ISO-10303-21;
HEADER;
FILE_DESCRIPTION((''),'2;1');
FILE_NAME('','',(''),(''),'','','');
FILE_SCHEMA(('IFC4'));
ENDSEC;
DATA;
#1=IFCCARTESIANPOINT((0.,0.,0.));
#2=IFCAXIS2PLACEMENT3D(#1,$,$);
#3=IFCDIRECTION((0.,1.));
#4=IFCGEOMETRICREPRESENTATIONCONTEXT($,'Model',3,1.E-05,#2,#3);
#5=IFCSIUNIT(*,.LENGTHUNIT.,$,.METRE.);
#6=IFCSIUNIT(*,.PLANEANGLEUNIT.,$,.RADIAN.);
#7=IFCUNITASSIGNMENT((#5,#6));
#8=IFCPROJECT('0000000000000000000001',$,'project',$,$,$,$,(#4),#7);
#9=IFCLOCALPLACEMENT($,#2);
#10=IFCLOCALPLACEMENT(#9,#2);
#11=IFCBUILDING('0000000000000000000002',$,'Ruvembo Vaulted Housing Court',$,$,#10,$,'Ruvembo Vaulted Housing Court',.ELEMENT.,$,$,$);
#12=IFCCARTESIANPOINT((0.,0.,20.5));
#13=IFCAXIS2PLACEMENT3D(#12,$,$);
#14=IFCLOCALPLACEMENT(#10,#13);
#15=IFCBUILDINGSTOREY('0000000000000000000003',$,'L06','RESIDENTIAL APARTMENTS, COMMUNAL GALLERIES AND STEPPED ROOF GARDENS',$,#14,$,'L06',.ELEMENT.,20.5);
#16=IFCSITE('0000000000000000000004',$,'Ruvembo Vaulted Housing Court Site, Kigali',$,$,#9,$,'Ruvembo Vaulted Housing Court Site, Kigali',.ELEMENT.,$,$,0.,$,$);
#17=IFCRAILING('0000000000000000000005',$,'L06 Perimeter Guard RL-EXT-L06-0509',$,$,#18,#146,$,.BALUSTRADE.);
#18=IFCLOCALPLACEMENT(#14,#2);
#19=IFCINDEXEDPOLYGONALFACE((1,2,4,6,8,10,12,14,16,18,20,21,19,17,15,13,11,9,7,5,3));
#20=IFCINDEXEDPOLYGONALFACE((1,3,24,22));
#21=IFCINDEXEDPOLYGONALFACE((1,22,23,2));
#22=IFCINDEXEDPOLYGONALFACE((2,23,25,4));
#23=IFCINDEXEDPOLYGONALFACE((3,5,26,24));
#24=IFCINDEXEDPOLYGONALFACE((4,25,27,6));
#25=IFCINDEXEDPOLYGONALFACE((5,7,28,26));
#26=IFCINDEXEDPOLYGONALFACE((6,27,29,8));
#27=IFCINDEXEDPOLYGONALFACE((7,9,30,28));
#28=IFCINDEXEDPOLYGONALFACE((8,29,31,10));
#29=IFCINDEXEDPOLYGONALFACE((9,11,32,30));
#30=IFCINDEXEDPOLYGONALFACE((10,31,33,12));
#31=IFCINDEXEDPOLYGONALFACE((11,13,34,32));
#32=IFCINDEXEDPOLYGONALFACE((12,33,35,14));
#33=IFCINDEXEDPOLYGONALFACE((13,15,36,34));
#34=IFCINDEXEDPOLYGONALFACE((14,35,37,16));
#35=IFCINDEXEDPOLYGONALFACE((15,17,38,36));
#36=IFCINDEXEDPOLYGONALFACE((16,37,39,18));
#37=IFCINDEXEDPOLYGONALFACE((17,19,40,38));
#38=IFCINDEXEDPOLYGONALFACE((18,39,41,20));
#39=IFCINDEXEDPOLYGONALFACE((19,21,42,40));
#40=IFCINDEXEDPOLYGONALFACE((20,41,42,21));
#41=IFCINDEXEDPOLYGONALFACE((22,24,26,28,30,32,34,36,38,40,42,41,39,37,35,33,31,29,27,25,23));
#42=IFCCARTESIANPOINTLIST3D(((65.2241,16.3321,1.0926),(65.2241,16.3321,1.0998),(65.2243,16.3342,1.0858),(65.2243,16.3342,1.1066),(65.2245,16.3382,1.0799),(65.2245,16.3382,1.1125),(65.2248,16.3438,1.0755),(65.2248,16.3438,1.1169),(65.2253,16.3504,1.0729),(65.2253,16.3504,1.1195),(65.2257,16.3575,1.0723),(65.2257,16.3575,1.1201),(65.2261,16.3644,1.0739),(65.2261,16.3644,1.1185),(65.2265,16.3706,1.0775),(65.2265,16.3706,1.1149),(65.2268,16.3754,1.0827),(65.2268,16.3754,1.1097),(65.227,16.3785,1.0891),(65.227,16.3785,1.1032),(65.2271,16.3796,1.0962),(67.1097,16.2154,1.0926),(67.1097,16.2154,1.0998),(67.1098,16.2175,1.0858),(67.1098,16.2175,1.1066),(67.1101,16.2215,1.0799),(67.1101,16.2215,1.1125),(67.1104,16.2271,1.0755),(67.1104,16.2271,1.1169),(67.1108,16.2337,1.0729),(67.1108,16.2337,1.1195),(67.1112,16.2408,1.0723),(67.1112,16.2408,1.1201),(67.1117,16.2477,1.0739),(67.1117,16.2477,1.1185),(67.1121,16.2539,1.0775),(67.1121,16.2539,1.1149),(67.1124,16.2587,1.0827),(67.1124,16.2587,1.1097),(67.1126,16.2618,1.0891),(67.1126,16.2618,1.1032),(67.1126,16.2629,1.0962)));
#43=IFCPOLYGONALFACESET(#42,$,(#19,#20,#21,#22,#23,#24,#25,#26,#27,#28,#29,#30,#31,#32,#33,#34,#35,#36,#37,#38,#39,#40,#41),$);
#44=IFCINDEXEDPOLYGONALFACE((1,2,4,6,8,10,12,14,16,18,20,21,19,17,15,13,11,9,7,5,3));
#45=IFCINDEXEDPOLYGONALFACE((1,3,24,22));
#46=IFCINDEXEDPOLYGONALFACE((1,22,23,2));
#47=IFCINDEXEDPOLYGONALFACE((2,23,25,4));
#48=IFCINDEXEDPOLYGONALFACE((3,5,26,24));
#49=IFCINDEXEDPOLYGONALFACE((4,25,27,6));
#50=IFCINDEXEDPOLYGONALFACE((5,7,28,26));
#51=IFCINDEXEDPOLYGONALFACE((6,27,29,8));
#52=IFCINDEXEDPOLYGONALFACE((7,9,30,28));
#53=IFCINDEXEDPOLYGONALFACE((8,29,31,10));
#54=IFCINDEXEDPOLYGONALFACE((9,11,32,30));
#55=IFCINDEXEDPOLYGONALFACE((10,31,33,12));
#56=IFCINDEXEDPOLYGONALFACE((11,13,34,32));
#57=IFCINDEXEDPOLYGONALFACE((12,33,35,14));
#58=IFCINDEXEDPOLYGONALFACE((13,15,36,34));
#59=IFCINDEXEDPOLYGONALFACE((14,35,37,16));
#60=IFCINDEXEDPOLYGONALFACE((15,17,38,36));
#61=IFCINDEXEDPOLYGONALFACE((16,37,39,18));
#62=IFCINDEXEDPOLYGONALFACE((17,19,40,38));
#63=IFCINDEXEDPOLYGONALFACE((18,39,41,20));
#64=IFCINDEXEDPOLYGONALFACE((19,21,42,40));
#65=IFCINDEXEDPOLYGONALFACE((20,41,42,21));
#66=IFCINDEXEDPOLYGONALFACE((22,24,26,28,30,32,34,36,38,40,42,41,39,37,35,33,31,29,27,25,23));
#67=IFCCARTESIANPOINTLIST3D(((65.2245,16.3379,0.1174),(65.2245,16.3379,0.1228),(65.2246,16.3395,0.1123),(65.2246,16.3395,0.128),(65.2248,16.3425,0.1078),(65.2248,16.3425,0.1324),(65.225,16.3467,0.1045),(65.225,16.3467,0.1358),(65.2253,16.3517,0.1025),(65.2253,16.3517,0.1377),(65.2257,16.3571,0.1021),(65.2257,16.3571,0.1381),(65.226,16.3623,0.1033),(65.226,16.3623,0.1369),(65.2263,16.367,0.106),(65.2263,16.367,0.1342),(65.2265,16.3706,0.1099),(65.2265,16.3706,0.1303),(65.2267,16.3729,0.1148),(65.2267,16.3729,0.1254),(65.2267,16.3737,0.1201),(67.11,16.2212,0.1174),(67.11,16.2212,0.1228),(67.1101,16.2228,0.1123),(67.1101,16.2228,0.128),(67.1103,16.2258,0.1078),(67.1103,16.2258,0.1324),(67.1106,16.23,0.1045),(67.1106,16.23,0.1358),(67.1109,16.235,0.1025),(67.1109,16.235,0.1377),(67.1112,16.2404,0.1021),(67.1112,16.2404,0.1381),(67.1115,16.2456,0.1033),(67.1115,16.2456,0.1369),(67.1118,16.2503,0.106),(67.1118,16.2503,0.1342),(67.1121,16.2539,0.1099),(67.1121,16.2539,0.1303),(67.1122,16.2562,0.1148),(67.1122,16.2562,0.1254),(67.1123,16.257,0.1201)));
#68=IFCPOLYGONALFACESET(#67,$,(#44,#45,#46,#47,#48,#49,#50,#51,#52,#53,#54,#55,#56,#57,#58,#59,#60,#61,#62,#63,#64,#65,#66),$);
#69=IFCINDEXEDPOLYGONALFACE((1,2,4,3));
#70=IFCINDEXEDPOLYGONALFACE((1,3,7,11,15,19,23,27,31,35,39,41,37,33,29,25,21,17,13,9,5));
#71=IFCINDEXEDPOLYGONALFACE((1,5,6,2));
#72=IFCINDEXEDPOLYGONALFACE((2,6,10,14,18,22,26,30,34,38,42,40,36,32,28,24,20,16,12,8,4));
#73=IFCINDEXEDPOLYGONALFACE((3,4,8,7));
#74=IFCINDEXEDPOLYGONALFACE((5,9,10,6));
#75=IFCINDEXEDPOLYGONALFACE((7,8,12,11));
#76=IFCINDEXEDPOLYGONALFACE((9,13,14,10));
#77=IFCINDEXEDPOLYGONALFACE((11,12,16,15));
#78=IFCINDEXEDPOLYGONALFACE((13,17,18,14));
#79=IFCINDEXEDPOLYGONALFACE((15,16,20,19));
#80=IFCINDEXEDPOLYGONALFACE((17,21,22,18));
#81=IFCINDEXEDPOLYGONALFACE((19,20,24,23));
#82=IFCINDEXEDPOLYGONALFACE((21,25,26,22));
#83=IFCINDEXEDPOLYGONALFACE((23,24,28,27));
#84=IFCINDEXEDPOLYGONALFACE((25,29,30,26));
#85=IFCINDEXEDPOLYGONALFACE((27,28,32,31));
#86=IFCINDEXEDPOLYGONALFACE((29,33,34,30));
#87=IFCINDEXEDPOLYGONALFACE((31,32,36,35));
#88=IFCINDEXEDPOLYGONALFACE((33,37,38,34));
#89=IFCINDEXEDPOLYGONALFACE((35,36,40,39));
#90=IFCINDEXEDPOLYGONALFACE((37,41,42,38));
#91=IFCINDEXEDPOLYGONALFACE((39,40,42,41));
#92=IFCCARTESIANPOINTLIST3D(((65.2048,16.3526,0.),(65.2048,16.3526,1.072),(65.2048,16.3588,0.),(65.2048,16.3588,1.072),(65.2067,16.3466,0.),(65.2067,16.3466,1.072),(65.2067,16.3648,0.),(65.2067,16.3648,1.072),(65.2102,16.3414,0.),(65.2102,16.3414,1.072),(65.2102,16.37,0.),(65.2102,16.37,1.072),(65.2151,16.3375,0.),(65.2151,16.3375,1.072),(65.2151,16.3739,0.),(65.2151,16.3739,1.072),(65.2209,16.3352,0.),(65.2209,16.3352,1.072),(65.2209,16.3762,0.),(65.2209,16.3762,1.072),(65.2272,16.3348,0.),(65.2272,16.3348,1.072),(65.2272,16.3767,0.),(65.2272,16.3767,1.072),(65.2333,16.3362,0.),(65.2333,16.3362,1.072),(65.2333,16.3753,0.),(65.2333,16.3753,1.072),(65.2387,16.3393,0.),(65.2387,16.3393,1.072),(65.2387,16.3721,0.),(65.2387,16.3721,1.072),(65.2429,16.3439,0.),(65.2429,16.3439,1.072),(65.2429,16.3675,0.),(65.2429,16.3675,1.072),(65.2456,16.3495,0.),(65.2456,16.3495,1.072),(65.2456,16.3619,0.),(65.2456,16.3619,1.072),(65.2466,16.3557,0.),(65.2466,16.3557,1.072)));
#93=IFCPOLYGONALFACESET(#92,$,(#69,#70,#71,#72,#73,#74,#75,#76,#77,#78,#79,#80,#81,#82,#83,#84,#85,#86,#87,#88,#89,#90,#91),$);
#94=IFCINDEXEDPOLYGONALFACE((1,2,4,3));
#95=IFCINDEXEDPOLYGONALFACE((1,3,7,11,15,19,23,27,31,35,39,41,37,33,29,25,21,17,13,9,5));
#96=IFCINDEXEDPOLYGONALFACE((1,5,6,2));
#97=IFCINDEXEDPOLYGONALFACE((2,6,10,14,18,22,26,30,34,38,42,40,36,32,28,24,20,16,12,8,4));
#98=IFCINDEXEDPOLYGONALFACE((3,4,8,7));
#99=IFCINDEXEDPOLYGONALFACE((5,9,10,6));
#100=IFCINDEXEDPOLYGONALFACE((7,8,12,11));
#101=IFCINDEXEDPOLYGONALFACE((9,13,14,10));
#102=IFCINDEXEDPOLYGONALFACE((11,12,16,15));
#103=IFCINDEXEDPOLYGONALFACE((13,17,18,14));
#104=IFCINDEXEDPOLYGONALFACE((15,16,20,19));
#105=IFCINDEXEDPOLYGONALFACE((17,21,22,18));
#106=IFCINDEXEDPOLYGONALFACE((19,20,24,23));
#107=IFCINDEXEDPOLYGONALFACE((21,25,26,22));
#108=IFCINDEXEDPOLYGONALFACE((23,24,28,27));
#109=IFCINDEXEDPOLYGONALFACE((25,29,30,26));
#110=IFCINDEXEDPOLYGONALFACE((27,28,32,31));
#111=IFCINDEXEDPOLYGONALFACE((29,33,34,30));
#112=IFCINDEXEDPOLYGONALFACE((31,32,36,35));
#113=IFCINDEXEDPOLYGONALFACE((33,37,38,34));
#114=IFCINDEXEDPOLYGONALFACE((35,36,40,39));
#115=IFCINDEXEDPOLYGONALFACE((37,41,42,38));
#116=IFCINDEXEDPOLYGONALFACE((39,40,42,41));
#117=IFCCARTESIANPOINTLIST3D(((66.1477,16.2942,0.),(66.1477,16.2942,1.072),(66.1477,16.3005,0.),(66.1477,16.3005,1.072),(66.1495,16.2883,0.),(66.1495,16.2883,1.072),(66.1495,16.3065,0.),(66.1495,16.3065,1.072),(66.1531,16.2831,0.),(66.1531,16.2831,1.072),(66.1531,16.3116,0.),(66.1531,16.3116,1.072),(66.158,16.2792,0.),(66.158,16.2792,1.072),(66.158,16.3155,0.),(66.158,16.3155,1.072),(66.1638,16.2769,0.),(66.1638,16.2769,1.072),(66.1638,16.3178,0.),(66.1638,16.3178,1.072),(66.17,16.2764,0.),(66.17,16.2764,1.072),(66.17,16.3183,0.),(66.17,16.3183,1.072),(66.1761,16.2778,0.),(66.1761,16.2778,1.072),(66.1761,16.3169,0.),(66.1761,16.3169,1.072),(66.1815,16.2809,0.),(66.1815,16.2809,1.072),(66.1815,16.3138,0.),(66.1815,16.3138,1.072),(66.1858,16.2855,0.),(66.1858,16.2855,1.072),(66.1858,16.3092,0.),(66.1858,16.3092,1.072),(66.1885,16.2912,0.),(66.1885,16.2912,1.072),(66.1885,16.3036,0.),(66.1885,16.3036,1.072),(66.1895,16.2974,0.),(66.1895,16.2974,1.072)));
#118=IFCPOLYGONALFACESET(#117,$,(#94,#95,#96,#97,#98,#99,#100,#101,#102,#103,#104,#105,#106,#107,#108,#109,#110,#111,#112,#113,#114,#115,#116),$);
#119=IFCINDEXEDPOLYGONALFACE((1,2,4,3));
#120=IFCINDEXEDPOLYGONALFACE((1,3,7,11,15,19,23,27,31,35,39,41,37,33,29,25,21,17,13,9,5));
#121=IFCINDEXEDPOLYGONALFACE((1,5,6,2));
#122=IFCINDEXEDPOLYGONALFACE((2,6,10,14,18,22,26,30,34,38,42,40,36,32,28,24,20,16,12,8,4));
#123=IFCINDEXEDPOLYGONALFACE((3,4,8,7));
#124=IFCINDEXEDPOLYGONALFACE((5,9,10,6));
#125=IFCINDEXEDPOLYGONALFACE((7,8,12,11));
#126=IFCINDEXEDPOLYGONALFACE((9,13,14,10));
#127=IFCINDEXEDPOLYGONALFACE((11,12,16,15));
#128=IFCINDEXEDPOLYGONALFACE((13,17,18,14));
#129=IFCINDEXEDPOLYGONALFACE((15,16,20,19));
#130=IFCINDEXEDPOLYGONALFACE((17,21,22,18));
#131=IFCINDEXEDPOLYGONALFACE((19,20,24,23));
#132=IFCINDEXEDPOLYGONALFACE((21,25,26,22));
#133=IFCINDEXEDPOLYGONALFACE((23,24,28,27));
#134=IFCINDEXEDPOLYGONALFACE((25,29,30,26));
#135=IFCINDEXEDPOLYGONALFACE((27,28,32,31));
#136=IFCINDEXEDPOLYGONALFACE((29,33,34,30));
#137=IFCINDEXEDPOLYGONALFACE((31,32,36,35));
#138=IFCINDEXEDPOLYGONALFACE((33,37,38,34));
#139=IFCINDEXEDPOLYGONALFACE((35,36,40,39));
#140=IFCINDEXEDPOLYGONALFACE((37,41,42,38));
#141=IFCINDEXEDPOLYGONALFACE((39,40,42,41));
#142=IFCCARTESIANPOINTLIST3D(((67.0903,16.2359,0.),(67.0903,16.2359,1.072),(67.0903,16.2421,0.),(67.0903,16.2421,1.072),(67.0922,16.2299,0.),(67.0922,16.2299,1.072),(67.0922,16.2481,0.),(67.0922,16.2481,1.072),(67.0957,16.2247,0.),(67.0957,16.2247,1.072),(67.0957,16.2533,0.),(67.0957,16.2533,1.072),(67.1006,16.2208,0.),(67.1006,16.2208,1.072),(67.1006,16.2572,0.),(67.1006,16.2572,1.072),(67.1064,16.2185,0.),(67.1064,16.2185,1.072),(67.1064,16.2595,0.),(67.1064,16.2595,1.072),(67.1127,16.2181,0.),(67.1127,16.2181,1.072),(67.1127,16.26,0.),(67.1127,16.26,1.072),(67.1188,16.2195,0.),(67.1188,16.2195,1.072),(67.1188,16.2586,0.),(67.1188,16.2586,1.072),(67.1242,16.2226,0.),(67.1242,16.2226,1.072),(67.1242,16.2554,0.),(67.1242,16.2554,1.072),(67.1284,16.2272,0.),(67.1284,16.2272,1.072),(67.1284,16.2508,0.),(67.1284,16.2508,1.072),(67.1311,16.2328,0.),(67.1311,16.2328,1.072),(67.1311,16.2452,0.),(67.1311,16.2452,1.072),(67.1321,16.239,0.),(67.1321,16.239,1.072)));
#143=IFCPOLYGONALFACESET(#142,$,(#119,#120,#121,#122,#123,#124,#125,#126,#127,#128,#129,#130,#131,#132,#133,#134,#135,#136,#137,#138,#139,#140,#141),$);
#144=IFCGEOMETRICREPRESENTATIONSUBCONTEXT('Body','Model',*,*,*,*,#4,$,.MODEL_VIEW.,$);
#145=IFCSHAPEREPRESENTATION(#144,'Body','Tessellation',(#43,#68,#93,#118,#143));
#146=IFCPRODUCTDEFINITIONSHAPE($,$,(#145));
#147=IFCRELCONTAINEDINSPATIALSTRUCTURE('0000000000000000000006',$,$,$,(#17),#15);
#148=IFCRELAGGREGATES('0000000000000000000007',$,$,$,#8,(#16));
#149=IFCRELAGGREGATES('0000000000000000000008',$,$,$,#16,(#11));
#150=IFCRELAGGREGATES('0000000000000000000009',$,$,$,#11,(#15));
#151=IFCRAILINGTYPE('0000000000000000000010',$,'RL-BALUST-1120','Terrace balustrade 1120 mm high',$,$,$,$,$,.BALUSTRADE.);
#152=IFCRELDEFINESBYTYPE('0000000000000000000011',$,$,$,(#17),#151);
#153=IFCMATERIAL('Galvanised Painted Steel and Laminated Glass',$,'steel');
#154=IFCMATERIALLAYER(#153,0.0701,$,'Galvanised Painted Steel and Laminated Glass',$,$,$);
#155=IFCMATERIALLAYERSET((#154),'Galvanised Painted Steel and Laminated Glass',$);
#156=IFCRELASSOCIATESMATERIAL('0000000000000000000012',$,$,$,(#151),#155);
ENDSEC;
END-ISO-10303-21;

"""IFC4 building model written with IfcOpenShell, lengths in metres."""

from ifc_helpers import new_model, si_unit, direction, frame, origin, origin_2d, place, context, subcontext, project, spatial, circle, extrude, material, layer, layer_set, type_object, element, save


model = new_model("IFC4")

# Units and contexts
model_context = context("Model", 3, precision=1e-05, world=origin(), true_north=direction((0.0, 1.0)))
body_context = subcontext(model_context, "Body", "Model", "MODEL_VIEW")
ifc_project = project(units=[si_unit("LENGTHUNIT", "METRE"), si_unit("PLANEANGLEUNIT", "RADIAN")], contexts=[model_context])

# Site, building, storey
site_placement = place(None, origin())
site = spatial("IfcSite", under=ifc_project, at=site_placement, Name="Ruvembo Vaulted Housing Court Site, Kigali", LongName="Ruvembo Vaulted Housing Court Site, Kigali", CompositionType="ELEMENT", RefElevation=0.0)
building_placement = place(site_placement, origin())
building = spatial("IfcBuilding", under=site, at=building_placement, Name="Ruvembo Vaulted Housing Court", LongName="Ruvembo Vaulted Housing Court", CompositionType="ELEMENT")
storey_placement = place(building_placement, frame((0.0, 0.0, 20.5)))
storey = spatial("IfcBuildingStorey", under=building, at=storey_placement, Name="L06", Description="RESIDENTIAL APARTMENTS, COMMUNAL GALLERIES AND STEPPED ROOF GARDENS", LongName="L06", CompositionType="ELEMENT", Elevation=20.5)

# Railing
ifc_material_1 = material(Name="Galvanised Painted Steel and Laminated Glass", Category="steel")
ifc_layer = layer(ifc_material_1, 0.0701, Name="Galvanised Painted Steel and Laminated Glass")
ifc_layer_set = layer_set([ifc_layer], Name="Galvanised Painted Steel and Laminated Glass")
railing_type = type_object("IfcRailingType", Name="RL-BALUST-1120", Description="Terrace balustrade 1120 mm high", PredefinedType="BALUSTRADE", material=ifc_layer_set)
railing_1_placement = place(storey_placement, frame((65.2256, 16.3557, 0.0)))
element("IfcRailing", 1, at=railing_1_placement, inside=storey, type_object=railing_type, Name="L06 Perimeter Guard RL-EXT-L06-0509", PredefinedType="BALUSTRADE", context=body_context, shape_type="SweptSolid", body=[
    extrude(circle(Radius=0.0239, at=origin_2d()), frame((0.0, 0.0, 1.0962), z_axis=(0.99809, -0.061775, 0.0), x_axis=(0.061775, 0.99809, 0.0)), (0.0, 0.0, 1.0), 1.8892),
    extrude(circle(Radius=0.0181, at=origin_2d()), frame((0.0, 0.0, 0.1201), z_axis=(0.99809, -0.061775, 0.0), x_axis=(0.061775, 0.99809, 0.0)), (0.0, 0.0, 1.0), 1.8892),
    extrude(circle(Radius=0.021, at=origin_2d()), origin(), (0.0, 0.0, 1.0), 1.072),
    extrude(circle(Radius=0.021, at=origin_2d()), frame((0.9429, -0.0583, 0.0)), (0.0, 0.0, 1.0), 1.072),
    extrude(circle(Radius=0.021, at=origin_2d()), frame((1.8855, -0.1167, 0.0)), (0.0, 0.0, 1.0), 1.072),
])

save(model, "model.ifc")
